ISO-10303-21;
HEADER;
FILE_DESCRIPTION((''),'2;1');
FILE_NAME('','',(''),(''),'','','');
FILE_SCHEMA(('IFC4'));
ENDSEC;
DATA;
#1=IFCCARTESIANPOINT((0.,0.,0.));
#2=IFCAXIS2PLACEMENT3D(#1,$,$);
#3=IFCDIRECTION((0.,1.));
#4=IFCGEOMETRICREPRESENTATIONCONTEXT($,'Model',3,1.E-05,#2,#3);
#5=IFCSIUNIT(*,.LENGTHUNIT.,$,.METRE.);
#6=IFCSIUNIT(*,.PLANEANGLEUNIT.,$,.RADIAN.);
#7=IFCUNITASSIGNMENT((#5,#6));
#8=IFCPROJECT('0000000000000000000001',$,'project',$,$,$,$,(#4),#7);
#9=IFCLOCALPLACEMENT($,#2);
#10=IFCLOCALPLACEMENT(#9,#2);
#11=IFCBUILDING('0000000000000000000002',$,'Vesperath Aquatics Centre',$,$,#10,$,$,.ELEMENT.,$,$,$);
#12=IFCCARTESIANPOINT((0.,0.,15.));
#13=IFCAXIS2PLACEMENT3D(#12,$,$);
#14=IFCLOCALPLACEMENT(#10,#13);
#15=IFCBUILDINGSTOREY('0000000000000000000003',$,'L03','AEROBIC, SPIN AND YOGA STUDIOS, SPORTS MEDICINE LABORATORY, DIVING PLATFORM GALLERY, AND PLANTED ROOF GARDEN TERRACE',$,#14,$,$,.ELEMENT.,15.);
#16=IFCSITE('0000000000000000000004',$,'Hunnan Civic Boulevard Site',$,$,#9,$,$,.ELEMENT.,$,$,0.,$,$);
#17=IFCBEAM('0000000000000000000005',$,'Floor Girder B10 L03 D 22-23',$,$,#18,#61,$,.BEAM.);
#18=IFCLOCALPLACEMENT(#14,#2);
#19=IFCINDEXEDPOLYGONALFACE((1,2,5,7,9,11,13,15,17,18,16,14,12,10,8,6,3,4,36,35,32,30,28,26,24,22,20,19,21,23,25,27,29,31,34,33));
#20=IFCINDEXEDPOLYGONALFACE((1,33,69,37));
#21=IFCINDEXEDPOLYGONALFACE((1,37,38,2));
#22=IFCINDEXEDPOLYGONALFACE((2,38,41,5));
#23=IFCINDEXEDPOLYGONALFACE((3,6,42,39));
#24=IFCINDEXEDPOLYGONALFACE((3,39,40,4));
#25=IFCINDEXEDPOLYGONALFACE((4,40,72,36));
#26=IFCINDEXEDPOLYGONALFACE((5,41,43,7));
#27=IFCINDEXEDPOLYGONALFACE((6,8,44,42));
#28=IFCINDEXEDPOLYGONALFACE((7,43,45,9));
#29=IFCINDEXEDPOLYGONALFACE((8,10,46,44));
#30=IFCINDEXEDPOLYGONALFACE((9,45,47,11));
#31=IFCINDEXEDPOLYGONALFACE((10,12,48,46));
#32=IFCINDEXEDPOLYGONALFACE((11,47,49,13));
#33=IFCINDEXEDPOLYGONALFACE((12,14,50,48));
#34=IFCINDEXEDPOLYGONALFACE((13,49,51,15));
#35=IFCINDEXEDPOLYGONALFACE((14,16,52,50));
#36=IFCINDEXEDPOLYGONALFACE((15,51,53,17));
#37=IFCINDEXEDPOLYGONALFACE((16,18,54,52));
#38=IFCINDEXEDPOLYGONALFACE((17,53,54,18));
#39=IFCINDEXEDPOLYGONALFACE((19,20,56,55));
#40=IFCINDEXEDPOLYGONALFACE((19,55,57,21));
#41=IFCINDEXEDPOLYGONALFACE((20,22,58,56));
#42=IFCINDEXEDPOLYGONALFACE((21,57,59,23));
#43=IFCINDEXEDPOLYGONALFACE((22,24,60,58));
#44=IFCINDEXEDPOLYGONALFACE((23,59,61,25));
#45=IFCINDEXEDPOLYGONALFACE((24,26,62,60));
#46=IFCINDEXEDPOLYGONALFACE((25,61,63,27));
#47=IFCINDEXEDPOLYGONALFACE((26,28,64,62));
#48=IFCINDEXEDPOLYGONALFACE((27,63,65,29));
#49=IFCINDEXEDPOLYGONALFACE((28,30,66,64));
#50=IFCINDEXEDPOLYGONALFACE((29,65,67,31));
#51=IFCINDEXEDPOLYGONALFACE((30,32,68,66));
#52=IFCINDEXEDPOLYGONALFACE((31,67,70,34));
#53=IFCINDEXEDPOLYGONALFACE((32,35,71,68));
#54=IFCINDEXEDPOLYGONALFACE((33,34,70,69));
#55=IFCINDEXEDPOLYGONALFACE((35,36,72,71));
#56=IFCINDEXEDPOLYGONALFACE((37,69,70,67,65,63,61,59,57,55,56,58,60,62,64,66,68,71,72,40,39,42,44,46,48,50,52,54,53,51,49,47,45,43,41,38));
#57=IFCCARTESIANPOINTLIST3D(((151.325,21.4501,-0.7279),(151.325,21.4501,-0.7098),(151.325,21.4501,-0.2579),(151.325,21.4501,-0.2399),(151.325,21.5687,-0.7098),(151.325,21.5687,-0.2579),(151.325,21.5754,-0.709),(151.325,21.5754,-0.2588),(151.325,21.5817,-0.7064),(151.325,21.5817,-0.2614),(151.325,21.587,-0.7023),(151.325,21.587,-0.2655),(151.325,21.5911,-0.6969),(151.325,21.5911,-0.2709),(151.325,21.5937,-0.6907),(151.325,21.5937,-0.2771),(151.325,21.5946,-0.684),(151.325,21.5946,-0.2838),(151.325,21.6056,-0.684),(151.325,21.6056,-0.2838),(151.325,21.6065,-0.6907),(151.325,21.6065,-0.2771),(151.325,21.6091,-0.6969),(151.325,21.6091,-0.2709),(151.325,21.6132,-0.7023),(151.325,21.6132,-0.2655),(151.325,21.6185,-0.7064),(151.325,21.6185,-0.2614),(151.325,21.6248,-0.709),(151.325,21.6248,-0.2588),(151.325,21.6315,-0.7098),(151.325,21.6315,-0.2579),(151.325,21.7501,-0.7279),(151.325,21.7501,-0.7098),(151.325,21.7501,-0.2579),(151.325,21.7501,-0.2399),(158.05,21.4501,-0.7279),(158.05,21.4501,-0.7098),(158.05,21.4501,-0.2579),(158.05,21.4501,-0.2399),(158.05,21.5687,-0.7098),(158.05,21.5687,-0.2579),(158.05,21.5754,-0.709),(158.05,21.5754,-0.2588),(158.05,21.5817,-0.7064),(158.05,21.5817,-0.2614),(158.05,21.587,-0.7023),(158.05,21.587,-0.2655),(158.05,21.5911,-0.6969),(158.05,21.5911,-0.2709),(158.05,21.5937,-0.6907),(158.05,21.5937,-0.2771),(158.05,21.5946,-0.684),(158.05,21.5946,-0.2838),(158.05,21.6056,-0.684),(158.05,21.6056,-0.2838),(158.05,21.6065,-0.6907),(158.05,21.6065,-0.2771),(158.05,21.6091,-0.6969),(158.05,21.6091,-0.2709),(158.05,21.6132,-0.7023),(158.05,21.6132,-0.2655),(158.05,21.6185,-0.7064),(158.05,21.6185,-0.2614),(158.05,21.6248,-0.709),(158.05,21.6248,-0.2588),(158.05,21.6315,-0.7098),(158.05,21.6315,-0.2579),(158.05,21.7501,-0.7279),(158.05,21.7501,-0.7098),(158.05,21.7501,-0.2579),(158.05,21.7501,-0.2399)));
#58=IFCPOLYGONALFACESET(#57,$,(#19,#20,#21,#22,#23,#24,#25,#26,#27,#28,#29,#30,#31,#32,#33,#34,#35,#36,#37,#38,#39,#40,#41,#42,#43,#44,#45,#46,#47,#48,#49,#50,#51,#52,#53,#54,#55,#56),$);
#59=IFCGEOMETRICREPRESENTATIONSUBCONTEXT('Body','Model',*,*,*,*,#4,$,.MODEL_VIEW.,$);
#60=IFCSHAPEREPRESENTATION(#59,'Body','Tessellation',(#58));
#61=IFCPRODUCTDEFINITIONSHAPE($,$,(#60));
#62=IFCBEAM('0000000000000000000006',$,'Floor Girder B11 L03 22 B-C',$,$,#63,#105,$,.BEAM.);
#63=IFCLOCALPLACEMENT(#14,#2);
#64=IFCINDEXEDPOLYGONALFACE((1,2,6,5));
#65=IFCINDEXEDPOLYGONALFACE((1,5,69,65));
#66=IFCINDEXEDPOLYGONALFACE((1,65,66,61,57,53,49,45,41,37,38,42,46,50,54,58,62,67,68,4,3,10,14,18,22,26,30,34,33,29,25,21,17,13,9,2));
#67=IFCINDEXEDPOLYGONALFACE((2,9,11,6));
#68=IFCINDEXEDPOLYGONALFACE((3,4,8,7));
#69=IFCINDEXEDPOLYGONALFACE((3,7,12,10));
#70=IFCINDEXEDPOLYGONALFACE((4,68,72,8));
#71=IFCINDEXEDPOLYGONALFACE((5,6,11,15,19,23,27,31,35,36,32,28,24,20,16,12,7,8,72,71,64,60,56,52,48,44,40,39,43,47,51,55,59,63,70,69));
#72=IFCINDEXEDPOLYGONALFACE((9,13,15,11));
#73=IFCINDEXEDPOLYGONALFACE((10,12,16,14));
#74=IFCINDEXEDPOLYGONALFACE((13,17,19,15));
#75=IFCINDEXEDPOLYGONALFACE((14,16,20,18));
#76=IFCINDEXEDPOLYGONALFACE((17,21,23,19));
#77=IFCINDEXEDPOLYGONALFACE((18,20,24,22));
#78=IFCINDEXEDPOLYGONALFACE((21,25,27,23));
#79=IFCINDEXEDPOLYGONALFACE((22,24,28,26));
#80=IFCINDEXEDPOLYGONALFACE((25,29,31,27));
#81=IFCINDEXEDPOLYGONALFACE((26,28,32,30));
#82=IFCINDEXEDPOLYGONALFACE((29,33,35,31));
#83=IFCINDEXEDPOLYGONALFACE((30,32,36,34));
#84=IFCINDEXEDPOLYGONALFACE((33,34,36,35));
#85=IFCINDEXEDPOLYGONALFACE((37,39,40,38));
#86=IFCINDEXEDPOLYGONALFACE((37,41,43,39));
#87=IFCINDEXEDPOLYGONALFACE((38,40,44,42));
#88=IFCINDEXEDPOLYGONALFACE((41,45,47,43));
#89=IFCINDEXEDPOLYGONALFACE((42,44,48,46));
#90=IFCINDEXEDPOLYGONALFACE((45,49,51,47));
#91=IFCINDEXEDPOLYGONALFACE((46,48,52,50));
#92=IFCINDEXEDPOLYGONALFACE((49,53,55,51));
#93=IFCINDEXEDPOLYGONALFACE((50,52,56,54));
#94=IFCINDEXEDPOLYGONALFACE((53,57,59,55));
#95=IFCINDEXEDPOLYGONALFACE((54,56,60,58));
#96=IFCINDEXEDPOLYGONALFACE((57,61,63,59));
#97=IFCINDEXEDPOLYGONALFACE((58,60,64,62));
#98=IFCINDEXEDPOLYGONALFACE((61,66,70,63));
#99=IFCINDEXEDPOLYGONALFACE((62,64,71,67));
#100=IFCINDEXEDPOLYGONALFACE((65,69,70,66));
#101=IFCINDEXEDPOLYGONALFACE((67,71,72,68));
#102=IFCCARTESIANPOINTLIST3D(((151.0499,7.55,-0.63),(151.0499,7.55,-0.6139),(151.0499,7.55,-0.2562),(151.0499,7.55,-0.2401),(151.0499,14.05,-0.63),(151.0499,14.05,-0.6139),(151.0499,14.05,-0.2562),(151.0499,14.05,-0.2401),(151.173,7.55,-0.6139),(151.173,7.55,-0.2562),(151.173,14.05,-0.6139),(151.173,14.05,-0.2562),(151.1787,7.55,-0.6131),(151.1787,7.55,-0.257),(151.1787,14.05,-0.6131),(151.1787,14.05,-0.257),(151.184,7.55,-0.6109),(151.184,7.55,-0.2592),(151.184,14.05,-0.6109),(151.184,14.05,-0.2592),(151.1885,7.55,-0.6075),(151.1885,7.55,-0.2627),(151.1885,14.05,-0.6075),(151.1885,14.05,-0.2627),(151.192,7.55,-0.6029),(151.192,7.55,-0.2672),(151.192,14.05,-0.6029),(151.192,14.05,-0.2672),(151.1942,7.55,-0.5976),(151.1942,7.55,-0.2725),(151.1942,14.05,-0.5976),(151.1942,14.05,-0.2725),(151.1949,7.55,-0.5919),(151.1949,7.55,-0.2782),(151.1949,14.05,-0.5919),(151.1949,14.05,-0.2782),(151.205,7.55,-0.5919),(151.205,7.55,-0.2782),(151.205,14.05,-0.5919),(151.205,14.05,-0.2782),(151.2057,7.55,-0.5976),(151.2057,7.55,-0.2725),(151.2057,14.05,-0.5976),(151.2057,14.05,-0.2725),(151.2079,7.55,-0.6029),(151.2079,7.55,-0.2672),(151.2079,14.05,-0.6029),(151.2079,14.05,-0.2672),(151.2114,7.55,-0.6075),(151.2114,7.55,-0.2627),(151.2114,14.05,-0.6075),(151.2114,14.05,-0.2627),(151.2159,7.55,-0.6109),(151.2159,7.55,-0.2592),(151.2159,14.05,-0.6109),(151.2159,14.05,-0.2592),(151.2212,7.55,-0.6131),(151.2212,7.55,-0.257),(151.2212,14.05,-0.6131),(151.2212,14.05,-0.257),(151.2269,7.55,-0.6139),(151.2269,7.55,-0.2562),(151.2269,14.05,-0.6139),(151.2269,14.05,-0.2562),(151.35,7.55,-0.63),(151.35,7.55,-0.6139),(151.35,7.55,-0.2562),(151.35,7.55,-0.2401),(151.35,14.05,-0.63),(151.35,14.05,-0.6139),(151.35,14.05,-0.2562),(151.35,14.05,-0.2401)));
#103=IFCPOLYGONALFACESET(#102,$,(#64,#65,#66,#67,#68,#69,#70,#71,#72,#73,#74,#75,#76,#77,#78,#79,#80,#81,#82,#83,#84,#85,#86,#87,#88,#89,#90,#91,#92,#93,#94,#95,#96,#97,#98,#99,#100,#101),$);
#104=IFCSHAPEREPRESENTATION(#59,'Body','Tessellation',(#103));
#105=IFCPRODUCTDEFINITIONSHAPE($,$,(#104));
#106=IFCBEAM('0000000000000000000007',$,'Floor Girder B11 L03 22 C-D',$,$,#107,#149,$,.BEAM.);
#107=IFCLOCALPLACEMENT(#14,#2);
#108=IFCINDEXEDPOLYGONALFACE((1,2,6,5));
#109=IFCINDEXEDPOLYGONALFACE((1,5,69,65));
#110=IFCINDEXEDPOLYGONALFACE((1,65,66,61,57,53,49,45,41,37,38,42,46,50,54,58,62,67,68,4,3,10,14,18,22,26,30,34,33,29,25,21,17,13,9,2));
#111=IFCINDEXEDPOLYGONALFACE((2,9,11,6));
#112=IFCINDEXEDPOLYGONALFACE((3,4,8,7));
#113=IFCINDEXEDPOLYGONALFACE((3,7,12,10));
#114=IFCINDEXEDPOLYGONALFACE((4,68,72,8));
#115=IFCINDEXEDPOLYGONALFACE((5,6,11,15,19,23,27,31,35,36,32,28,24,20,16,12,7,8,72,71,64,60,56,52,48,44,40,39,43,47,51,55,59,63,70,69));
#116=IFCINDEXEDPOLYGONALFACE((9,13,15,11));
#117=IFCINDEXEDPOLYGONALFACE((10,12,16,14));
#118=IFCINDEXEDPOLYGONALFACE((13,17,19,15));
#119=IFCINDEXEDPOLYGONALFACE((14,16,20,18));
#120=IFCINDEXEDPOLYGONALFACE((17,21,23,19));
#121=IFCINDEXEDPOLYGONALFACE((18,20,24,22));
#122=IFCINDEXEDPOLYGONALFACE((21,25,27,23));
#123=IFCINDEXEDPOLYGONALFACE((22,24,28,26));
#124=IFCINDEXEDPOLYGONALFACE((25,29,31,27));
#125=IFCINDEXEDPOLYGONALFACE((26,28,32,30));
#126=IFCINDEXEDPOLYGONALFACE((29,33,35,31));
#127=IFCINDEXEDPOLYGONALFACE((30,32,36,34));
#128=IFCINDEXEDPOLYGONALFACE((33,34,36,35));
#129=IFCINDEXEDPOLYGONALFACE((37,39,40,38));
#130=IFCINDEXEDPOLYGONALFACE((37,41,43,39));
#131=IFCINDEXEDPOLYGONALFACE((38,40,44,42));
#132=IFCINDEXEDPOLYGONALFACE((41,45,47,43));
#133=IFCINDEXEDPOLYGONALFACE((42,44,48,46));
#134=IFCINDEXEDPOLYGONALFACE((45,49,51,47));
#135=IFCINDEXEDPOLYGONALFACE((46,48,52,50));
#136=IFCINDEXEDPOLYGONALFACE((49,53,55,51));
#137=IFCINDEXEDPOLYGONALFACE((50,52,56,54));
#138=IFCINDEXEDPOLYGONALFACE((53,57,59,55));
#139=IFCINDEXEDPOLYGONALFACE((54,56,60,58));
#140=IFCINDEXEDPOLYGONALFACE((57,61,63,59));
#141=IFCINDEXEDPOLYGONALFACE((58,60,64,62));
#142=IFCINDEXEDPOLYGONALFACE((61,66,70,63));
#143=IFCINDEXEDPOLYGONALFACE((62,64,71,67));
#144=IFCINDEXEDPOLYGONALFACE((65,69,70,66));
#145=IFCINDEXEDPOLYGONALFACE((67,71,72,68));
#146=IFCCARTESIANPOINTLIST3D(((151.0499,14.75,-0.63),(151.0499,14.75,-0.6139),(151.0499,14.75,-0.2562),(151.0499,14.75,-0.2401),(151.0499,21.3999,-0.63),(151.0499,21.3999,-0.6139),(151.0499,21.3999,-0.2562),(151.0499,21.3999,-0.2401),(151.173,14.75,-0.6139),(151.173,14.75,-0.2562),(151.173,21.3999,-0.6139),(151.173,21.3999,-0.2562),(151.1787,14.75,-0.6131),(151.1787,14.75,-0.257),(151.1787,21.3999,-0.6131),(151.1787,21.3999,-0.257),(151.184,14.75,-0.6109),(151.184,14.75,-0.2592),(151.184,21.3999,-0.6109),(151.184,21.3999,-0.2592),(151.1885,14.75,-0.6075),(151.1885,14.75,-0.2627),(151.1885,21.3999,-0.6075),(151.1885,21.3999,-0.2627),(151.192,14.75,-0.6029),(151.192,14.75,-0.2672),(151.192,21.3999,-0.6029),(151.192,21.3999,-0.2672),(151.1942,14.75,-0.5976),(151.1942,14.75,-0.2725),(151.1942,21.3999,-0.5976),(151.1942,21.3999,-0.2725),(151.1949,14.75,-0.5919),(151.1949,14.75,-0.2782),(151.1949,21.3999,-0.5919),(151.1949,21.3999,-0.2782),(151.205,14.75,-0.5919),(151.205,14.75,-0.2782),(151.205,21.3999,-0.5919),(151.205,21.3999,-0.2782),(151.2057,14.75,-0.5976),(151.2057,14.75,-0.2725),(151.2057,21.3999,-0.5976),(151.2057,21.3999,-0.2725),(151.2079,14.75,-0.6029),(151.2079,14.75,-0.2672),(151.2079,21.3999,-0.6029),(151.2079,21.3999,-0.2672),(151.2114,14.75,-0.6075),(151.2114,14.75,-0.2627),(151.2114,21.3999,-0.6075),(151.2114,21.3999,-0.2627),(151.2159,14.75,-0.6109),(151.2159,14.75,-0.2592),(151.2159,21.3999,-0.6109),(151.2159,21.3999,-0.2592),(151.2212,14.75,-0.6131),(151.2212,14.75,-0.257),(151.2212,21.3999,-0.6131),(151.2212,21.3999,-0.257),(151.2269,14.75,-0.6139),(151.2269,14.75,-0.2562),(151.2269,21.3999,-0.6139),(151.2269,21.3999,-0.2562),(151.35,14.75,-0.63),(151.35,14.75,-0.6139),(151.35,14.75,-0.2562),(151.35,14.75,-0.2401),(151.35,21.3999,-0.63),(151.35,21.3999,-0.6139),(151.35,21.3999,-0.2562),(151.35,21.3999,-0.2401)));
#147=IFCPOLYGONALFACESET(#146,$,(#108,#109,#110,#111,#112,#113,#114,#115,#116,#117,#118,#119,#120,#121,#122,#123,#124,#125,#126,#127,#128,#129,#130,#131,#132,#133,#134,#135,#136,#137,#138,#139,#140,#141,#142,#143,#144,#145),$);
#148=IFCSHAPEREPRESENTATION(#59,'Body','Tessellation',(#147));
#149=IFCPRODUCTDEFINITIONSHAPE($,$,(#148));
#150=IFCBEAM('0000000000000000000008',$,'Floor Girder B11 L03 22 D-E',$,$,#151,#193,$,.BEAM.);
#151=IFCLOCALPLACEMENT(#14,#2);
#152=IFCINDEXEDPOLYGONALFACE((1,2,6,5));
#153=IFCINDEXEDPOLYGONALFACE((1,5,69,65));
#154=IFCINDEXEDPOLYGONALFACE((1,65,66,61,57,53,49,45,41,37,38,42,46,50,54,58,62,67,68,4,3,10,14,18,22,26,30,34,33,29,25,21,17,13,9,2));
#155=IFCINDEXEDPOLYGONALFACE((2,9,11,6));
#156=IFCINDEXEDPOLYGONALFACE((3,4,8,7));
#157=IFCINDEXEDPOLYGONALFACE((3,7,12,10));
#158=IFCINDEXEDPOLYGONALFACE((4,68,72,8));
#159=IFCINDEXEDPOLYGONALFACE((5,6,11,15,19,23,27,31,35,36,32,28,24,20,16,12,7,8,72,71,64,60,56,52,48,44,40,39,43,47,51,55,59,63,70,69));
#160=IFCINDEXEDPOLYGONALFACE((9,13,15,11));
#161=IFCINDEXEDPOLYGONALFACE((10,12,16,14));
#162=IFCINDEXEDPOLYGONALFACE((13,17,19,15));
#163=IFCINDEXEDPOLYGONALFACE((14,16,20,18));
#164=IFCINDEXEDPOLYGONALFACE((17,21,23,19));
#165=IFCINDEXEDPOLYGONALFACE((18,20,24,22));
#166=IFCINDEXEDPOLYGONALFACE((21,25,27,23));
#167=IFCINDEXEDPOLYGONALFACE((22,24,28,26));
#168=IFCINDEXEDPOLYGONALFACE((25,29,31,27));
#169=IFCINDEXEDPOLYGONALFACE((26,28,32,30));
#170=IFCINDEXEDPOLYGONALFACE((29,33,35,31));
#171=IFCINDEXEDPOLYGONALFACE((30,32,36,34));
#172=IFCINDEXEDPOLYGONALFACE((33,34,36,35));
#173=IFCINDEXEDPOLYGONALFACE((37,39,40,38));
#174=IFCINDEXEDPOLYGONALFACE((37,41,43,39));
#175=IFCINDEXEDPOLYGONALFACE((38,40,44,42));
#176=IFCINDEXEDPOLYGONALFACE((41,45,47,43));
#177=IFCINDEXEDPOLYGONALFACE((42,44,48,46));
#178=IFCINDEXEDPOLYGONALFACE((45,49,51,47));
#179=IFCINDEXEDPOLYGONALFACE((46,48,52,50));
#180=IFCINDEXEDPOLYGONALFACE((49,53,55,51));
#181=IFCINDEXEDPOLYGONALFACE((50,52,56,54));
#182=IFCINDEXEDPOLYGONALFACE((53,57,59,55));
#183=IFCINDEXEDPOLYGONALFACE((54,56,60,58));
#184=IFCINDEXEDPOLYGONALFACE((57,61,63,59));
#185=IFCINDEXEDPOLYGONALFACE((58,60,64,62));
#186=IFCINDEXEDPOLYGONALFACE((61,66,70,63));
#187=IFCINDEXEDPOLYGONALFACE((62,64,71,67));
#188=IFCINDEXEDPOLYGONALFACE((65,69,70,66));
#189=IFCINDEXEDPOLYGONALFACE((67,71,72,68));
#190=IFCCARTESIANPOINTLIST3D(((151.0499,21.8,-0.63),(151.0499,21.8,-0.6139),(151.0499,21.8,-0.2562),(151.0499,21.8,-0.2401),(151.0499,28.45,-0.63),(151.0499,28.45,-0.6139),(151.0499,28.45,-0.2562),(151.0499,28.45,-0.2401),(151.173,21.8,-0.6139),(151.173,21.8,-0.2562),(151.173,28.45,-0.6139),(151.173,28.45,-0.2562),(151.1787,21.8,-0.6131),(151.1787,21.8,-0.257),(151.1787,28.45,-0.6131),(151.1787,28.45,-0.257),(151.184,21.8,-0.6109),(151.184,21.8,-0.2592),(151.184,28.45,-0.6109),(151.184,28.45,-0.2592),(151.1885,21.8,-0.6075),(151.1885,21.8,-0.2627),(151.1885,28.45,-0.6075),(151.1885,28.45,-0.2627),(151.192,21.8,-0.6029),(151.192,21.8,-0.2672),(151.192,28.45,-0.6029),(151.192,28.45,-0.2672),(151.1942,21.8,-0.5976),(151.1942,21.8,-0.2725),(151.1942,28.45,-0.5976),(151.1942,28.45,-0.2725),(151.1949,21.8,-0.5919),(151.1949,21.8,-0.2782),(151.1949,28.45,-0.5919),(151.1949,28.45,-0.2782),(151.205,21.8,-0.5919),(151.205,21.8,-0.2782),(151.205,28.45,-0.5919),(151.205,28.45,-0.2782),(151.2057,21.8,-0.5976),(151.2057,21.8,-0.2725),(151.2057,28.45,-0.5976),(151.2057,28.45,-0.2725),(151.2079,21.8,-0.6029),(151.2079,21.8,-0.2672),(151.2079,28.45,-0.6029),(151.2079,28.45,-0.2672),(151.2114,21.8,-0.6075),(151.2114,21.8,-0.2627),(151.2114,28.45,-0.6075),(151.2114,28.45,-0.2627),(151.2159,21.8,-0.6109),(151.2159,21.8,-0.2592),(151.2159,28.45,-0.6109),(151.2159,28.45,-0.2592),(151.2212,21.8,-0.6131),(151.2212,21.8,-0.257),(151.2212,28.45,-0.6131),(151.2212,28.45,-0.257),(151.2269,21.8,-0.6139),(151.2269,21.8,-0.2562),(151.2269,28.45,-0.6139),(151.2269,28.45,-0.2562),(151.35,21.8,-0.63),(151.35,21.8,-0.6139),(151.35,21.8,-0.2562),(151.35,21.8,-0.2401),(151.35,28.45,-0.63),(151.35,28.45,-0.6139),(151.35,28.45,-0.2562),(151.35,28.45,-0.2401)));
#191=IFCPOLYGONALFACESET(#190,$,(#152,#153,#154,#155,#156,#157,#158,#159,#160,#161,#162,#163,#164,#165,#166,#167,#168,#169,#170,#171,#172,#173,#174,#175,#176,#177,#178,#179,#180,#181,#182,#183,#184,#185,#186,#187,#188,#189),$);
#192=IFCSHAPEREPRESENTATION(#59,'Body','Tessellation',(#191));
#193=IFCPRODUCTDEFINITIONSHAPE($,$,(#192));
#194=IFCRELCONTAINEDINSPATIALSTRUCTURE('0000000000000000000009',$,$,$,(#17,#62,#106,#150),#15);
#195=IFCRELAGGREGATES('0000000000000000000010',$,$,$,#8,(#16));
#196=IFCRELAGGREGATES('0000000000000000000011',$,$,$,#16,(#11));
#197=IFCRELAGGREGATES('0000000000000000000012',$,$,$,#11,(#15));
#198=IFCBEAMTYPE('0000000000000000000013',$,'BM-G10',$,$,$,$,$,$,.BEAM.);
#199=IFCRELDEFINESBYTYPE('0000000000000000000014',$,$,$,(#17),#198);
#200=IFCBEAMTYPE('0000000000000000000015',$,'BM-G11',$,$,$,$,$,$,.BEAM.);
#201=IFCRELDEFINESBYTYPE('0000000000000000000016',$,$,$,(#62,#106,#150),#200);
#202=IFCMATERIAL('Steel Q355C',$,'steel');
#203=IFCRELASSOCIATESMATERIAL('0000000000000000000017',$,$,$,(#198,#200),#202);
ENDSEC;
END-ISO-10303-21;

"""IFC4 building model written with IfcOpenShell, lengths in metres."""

from ifc_helpers import new_model, si_unit, direction, frame, origin, origin_2d, place, context, subcontext, project, spatial, i_section, extrude, material, material_profile, profile_set, type_object, element, save


model = new_model("IFC4")

# Units and contexts
model_context = context("Model", 3, precision=1e-05, world=origin(), true_north=direction((0.0, 1.0)))
body_context = subcontext(model_context, "Body", "Model", "MODEL_VIEW")
ifc_project = project(units=[si_unit("LENGTHUNIT", "METRE"), si_unit("PLANEANGLEUNIT", "RADIAN")], contexts=[model_context])

# Site, building, storey
site_placement = place(None, origin())
site = spatial("IfcSite", under=ifc_project, at=site_placement, Name="Hunnan Civic Boulevard Site", CompositionType="ELEMENT", RefElevation=0.0)
building_placement = place(site_placement, origin())
building = spatial("IfcBuilding", under=site, at=building_placement, Name="Vesperath Aquatics Centre", CompositionType="ELEMENT")
storey_placement = place(building_placement, frame((0.0, 0.0, 15.0)))
storey = spatial("IfcBuildingStorey", under=building, at=storey_placement, Name="L03", Description="AEROBIC, SPIN AND YOGA STUDIOS, SPORTS MEDICINE LABORATORY, DIVING PLATFORM GALLERY, AND PLANTED ROOF GARDEN TERRACE", CompositionType="ELEMENT", Elevation=15.0)

# Shared definitions
ifc_material_1 = material(Name="Steel Q355C", Category="steel")

# Beams
ifc_material_profile_1 = material_profile(ifc_material_1, i_section(OverallWidth=0.3, OverallDepth=0.488, WebThickness=0.011, FlangeThickness=0.0181, FilletRadius=0.0259, at=origin_2d()), Name="HM 488x300x11x18")
ifc_profile_set_1 = profile_set([ifc_material_profile_1], Name="Steel Q355C")
beam_type_1 = type_object("IfcBeamType", Name="BM-G10", PredefinedType="BEAM", material=ifc_profile_set_1)
beam_1_placement = place(storey_placement, frame((151.325, 21.6001, -0.4839), z_axis=(1.0, 0.0, 0.0), x_axis=(0.0, 1.0, 0.0)))
element("IfcBeam", 1, at=beam_1_placement, inside=storey, type_object=beam_type_1, Name="Floor Girder B10 L03 D 22-23", PredefinedType="BEAM", context=body_context, shape_type="SweptSolid", body=[
    extrude(i_section(OverallWidth=0.3, OverallDepth=0.488, WebThickness=0.011, FlangeThickness=0.0181, FilletRadius=0.0259, at=origin_2d()), origin(), (0.0, 0.0, 1.0), 6.7251),
])
ifc_material_profile_2 = material_profile(ifc_material_1, i_section(OverallWidth=0.3, OverallDepth=0.3899, WebThickness=0.01, FlangeThickness=0.0161, FilletRadius=0.022, at=origin_2d()), Name="HM 390x300x10x16")
ifc_profile_set_2 = profile_set([ifc_material_profile_2], Name="Steel Q355C")
beam_type_2 = type_object("IfcBeamType", Name="BM-G11", PredefinedType="BEAM", material=ifc_profile_set_2)
beam_2_placement = place(storey_placement, frame((151.2, 7.55, -0.4351), z_axis=(0.0, 1.0, 0.0), x_axis=(-1.0, 0.0, 0.0)))
element("IfcBeam", 2, at=beam_2_placement, inside=storey, type_object=beam_type_2, Name="Floor Girder B11 L03 22 B-C", PredefinedType="BEAM", context=body_context, shape_type="SweptSolid", body=[
    extrude(i_section(OverallWidth=0.3, OverallDepth=0.3899, WebThickness=0.01, FlangeThickness=0.0161, FilletRadius=0.022, at=origin_2d()), origin(), (0.0, 0.0, 1.0), 6.5),
])
for number, where, z_axis, x_axis, name in (
    (3, (151.2, 14.75, -0.4351), (0.0, 1.0, 0.0), (-1.0, 0.0, 0.0), "Floor Girder B11 L03 22 C-D"),
    (4, (151.2, 21.8, -0.4351), (0.0, 1.0, 0.0), (-1.0, 0.0, 0.0), "Floor Girder B11 L03 22 D-E"),
):
    element("IfcBeam", number, at=place(storey_placement, frame(where, z_axis=z_axis, x_axis=x_axis)), inside=storey, type_object=beam_type_2, Name=name, PredefinedType="BEAM", context=body_context, shape_type="SweptSolid", body=[
        extrude(i_section(OverallWidth=0.3, OverallDepth=0.3899, WebThickness=0.01, FlangeThickness=0.0161, FilletRadius=0.022, at=origin_2d()), origin(), (0.0, 0.0, 1.0), 6.6499),
    ])

save(model, "model.ifc")
